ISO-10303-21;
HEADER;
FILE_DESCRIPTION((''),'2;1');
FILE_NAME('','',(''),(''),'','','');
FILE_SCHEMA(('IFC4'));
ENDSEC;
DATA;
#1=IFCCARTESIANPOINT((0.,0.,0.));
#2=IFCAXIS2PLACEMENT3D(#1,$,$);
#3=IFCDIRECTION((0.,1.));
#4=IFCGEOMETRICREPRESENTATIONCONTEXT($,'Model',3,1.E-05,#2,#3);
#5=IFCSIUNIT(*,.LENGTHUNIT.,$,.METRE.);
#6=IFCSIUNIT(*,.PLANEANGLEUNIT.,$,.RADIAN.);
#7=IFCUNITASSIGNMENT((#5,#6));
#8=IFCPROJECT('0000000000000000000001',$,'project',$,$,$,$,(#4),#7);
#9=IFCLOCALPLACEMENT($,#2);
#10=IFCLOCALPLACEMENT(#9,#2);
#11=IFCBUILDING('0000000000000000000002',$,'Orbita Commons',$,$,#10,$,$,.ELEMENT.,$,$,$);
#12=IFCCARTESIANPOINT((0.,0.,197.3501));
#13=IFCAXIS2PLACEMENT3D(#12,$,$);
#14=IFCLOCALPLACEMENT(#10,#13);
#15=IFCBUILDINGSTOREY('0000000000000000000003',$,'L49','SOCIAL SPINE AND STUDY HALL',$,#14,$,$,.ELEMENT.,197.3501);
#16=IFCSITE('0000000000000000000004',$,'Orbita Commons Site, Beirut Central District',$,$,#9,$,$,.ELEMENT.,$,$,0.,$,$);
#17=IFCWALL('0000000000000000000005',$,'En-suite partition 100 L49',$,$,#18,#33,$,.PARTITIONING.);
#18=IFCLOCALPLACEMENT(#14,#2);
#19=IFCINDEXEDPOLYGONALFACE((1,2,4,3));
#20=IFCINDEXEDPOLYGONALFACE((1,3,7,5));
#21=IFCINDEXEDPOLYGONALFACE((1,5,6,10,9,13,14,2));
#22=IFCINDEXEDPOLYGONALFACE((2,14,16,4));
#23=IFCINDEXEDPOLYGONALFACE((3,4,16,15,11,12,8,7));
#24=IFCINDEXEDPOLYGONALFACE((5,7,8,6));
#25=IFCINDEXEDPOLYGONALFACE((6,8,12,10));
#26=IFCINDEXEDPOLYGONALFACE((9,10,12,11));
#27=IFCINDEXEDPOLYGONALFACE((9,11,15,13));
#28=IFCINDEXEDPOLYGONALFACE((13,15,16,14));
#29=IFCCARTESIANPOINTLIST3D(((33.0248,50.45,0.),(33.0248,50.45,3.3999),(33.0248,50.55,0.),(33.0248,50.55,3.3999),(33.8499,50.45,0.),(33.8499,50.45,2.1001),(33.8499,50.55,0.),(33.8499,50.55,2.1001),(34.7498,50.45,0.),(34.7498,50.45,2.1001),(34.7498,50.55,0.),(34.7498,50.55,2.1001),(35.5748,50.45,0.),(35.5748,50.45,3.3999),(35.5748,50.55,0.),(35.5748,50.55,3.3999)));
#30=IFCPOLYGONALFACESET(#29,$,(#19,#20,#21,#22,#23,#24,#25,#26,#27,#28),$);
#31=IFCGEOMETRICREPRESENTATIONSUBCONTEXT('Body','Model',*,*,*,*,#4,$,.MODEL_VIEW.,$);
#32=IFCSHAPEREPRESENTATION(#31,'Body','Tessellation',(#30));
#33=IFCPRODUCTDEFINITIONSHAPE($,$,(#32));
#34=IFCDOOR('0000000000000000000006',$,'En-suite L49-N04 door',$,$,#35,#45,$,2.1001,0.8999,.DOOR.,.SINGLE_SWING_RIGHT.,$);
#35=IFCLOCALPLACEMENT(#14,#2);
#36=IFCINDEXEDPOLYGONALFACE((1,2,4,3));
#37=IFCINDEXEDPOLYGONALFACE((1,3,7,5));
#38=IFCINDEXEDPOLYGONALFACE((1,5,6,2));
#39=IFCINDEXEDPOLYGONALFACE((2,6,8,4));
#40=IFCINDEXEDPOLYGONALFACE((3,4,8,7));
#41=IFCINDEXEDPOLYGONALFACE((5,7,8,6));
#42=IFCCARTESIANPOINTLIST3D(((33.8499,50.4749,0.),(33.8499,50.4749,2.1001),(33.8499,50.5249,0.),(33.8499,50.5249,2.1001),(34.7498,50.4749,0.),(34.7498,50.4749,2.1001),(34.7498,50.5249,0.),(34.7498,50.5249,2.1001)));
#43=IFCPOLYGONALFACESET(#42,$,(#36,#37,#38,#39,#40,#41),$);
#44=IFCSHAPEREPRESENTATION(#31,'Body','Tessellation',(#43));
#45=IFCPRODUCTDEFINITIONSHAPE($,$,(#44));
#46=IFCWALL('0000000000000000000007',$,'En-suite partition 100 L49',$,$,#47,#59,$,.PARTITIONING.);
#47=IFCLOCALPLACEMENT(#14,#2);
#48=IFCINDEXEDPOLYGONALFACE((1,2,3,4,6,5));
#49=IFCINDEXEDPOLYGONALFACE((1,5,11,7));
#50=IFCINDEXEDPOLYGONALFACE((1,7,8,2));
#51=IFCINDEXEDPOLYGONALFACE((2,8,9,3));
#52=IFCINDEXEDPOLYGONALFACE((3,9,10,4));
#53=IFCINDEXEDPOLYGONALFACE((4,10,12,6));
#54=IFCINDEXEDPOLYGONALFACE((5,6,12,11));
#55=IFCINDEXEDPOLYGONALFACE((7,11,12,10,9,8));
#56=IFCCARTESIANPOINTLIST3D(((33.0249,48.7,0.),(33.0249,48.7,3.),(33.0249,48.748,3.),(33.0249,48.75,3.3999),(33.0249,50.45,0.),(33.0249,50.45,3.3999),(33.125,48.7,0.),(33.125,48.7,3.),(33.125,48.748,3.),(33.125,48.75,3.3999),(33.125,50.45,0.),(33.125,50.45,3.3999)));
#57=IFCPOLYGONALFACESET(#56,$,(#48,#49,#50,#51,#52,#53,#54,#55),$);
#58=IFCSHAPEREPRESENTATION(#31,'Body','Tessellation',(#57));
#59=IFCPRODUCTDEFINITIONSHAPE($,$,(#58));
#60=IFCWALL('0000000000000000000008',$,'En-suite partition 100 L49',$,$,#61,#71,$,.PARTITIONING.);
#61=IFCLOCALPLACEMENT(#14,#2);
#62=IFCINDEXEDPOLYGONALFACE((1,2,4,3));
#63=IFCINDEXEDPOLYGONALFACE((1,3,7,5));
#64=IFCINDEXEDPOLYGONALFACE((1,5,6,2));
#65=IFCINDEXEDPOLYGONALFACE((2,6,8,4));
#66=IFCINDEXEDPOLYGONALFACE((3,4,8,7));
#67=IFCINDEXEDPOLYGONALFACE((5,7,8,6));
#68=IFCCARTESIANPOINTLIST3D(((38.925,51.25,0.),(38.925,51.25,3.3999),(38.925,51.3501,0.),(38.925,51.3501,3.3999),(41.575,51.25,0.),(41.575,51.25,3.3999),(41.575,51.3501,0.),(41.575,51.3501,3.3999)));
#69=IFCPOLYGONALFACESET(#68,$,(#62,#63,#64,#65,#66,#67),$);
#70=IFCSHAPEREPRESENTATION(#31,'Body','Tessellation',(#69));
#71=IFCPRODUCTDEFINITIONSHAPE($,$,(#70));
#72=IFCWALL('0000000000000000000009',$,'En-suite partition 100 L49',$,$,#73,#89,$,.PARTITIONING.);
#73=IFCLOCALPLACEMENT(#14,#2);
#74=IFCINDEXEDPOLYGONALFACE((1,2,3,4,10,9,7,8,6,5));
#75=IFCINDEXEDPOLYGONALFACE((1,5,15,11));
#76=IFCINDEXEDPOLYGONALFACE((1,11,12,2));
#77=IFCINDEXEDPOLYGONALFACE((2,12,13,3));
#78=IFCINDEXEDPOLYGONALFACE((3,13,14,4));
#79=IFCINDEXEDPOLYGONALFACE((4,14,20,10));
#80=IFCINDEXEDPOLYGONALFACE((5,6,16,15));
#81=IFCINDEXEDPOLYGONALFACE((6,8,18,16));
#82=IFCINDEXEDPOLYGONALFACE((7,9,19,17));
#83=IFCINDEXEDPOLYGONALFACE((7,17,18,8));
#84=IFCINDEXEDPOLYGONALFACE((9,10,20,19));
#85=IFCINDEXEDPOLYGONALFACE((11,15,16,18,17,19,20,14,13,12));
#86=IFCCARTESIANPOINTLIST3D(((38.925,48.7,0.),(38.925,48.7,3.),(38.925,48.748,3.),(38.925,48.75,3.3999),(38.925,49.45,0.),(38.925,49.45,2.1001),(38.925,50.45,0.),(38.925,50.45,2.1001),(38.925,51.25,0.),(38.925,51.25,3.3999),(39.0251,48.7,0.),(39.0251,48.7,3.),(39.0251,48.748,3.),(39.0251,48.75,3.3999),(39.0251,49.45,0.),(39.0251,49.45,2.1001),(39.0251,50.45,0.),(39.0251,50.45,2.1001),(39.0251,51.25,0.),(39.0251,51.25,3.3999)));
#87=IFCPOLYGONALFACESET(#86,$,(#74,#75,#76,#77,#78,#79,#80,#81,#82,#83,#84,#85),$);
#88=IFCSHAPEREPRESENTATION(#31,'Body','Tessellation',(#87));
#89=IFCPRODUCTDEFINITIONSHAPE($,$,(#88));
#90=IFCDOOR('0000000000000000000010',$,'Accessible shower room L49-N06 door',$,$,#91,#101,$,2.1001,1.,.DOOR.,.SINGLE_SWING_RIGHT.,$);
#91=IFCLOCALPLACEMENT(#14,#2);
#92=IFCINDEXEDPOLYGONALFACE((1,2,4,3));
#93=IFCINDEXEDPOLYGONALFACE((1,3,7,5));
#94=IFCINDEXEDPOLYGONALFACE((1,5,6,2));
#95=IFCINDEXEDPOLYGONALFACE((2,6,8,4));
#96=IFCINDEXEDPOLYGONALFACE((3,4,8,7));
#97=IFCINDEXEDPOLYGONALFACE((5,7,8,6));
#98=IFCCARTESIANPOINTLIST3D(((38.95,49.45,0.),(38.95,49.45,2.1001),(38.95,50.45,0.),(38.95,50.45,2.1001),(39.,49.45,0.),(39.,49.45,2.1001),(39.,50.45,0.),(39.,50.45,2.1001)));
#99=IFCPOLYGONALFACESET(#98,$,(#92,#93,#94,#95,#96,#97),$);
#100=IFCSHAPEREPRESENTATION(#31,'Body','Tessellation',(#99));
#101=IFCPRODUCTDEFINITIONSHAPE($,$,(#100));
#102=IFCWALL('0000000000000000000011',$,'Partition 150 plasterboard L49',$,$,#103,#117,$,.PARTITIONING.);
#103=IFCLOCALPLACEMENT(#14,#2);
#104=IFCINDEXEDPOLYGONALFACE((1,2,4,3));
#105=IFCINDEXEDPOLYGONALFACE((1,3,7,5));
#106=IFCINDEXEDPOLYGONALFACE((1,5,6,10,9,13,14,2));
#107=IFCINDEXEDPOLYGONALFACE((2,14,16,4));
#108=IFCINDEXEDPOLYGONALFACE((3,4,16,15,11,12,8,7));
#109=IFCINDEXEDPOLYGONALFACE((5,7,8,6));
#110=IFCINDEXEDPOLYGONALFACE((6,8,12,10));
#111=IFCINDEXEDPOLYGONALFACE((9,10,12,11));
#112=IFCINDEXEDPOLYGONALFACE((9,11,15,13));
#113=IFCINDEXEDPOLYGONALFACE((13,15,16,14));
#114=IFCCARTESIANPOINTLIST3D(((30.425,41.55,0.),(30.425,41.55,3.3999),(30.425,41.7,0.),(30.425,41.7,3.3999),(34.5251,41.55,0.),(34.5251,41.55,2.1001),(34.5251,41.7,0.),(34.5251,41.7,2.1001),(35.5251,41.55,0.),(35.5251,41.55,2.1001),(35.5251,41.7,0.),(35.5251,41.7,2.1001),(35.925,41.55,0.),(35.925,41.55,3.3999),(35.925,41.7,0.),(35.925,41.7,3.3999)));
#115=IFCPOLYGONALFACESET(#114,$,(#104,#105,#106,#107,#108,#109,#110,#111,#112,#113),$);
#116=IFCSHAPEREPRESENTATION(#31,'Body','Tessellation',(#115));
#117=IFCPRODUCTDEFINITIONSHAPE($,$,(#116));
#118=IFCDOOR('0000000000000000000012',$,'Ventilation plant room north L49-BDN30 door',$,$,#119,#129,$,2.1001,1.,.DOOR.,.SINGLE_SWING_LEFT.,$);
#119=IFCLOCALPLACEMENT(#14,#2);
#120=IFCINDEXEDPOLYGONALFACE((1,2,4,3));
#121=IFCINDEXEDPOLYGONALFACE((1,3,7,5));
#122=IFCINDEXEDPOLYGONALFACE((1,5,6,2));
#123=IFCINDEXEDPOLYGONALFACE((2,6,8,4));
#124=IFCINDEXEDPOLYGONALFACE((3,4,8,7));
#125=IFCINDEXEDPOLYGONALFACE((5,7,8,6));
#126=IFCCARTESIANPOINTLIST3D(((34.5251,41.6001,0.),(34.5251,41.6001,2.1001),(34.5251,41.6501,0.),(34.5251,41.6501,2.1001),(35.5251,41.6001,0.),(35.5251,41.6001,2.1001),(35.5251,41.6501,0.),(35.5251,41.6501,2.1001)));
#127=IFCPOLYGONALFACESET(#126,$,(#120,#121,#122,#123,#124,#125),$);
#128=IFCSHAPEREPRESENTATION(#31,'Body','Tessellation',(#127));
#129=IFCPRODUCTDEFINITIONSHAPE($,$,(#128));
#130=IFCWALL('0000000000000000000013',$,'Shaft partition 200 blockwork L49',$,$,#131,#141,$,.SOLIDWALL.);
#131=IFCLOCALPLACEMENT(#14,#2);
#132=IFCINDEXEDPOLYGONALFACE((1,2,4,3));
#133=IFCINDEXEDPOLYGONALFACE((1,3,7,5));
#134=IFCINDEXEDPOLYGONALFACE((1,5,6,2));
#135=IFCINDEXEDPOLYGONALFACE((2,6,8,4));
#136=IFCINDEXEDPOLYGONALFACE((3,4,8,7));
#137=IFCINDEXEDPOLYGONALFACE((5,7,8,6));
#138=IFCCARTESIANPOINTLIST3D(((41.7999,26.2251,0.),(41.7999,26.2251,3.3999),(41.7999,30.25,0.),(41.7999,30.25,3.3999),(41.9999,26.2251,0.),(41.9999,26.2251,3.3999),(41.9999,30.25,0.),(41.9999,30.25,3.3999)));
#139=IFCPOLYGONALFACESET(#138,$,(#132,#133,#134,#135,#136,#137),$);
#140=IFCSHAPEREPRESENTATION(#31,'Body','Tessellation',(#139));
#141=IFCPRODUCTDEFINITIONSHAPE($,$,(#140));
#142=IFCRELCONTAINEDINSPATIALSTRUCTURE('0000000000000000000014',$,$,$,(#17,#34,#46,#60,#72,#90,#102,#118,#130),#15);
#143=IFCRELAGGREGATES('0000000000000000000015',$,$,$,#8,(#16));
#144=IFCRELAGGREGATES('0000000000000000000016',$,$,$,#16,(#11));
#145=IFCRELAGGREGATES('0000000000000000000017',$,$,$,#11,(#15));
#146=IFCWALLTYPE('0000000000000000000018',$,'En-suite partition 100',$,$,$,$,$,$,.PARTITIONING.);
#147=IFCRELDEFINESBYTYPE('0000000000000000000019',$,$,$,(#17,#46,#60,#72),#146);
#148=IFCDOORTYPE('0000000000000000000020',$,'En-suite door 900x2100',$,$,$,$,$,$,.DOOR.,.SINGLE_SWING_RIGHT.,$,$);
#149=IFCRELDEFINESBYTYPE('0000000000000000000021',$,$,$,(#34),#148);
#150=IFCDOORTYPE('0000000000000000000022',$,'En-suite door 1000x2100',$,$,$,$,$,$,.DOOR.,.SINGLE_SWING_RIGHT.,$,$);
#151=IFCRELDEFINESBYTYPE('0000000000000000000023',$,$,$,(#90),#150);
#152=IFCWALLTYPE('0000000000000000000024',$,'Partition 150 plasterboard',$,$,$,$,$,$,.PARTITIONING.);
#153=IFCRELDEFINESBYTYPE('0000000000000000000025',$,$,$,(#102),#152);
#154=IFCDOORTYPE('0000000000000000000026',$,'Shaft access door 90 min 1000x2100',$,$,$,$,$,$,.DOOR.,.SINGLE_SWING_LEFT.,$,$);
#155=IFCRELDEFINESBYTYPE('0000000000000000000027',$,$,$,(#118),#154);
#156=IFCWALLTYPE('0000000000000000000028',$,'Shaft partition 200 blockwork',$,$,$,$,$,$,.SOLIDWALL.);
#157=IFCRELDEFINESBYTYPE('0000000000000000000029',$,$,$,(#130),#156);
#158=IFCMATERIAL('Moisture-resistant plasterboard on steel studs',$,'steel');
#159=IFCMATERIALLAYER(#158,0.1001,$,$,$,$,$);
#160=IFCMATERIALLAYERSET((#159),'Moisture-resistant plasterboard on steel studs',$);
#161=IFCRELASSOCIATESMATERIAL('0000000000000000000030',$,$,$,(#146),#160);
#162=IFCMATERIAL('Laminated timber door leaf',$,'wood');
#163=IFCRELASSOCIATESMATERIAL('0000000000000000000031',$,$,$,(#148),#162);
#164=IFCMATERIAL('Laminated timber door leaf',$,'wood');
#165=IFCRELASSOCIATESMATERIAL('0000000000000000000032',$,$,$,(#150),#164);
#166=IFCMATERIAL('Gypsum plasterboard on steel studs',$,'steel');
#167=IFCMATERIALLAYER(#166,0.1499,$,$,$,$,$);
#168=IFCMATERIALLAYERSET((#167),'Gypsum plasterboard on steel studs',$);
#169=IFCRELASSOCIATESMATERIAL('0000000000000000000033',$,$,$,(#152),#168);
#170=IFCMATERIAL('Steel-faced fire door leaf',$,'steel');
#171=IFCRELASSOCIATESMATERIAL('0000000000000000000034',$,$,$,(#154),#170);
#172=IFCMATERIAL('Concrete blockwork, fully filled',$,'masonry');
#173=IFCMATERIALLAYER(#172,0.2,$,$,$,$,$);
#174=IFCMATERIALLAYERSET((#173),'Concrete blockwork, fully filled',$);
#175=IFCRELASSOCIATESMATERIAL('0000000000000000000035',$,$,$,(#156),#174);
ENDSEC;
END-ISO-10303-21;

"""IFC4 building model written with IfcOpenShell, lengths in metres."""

from ifc_helpers import new_model, si_unit, direction, frame, frame_2d, origin, place, context, subcontext, project, spatial, polyline, rectangle, outline, extrude, material, layer, layer_set, type_object, element, fill, save


model = new_model("IFC4")

# Units and contexts
model_context = context("Model", 3, precision=1e-05, world=origin(), true_north=direction((0.0, 1.0)))
body_context = subcontext(model_context, "Body", "Model", "MODEL_VIEW")
ifc_project = project(units=[si_unit("LENGTHUNIT", "METRE"), si_unit("PLANEANGLEUNIT", "RADIAN")], contexts=[model_context])

# Site, building, storey
site_placement = place(None, origin())
site = spatial("IfcSite", under=ifc_project, at=site_placement, Name="Orbita Commons Site, Beirut Central District", CompositionType="ELEMENT", RefElevation=0.0)
building_placement = place(site_placement, origin())
building = spatial("IfcBuilding", under=site, at=building_placement, Name="Orbita Commons", CompositionType="ELEMENT")
storey_placement = place(building_placement, frame((0.0, 0.0, 197.3501)))
storey = spatial("IfcBuildingStorey", under=building, at=storey_placement, Name="L49", Description="SOCIAL SPINE AND STUDY HALL", CompositionType="ELEMENT", Elevation=197.3501)

# Wall, opening, door
ifc_material_1 = material(Name="Moisture-resistant plasterboard on steel studs", Category="steel")
ifc_layer_1 = layer(ifc_material_1, 0.1001)
ifc_layer_set_1 = layer_set([ifc_layer_1], Name="Moisture-resistant plasterboard on steel studs")
wall_type_1 = type_object("IfcWallType", Name="En-suite partition 100", PredefinedType="PARTITIONING", material=ifc_layer_set_1)
wall_1_placement = place(storey_placement, frame((33.0249, 50.5, 0.0), z_axis=(0.0, 0.0, 1.0), x_axis=(1.0, 0.0, 0.0)))
wall_1 = element("IfcWall", 1, at=wall_1_placement, inside=storey, type_object=wall_type_1, Name="En-suite partition 100 L49", PredefinedType="PARTITIONING", context=body_context, shape_type="SweptSolid", body=[
    extrude(rectangle(XDim=2.55, YDim=0.1001, at=frame_2d((1.2749, 0.0))), origin(), (0.0, 0.0, 1.0), 3.3999),
])
opening_1_placement = place(wall_1_placement, frame((0.825, 0.0, 0.0)))
opening_1 = element("IfcOpeningElement", 2, at=opening_1_placement, cuts=wall_1, PredefinedType="OPENING", context=body_context, shape_type="SweptSolid", body=[
    extrude(rectangle(XDim=0.8999, YDim=2.1001, at=frame_2d((0.45, 1.05))), frame((0.0, 0.0601, 0.0), z_axis=(0.0, -1.0, 0.0), x_axis=(1.0, 0.0, 0.0)), (0.0, 0.0, 1.0), 0.1201),
])
ifc_material_2 = material(Name="Laminated timber door leaf", Category="wood")
door_type_1 = type_object("IfcDoorType", Name="En-suite door 900x2100", OperationType="SINGLE_SWING_RIGHT", PredefinedType="DOOR", material=ifc_material_2)
door_1_placement = place(opening_1_placement, origin())
door_1 = element("IfcDoor", 3, at=door_1_placement, inside=storey, type_object=door_type_1, Name="En-suite L49-N04 door", OperationType="SINGLE_SWING_RIGHT", OverallHeight=2.1001, OverallWidth=0.8999, PredefinedType="DOOR", context=body_context, shape_type="SweptSolid", body=[
    extrude(rectangle(XDim=0.8999, YDim=2.1001, at=frame_2d((0.45, 1.05))), frame((0.0, 0.0249, 0.0), z_axis=(0.0, -1.0, 0.0), x_axis=(1.0, 0.0, 0.0)), (0.0, 0.0, 1.0), 0.05),
])
fill(opening_1, door_1)

# Walls
wall_2_placement = place(storey_placement, frame((33.075, 50.45, 0.0), z_axis=(0.0, 0.0, 1.0), x_axis=(0.0, -1.0, 0.0)))
element("IfcWall", 4, at=wall_2_placement, inside=storey, type_object=wall_type_1, Name="En-suite partition 100 L49", PredefinedType="PARTITIONING", context=body_context, shape_type="SweptSolid", body=[
    extrude(outline(polyline([(0.0, 0.0), (1.75, 0.0), (1.75, 3.0), (1.7019, 3.0), (1.7, 3.3999), (0.0, 3.3999), (0.0, 0.0)])), frame((0.0, 0.05, 0.0), z_axis=(0.0, -1.0, 0.0), x_axis=(1.0, 0.0, 0.0)), (0.0, 0.0, 1.0), 0.1001),
])
wall_3_placement = place(storey_placement, frame((38.925, 51.3, 0.0), z_axis=(0.0, 0.0, 1.0), x_axis=(1.0, 0.0, 0.0)))
element("IfcWall", 5, at=wall_3_placement, inside=storey, type_object=wall_type_1, Name="En-suite partition 100 L49", PredefinedType="PARTITIONING", context=body_context, shape_type="SweptSolid", body=[
    extrude(rectangle(XDim=2.6499, YDim=0.1001, at=frame_2d((1.325, 0.0))), origin(), (0.0, 0.0, 1.0), 3.3999),
])

# Walls, openings, doors
wall_4_placement = place(storey_placement, frame((38.9751, 51.25, 0.0), z_axis=(0.0, 0.0, 1.0), x_axis=(0.0, -1.0, 0.0)))
wall_4 = element("IfcWall", 6, at=wall_4_placement, inside=storey, type_object=wall_type_1, Name="En-suite partition 100 L49", PredefinedType="PARTITIONING", context=body_context, shape_type="SweptSolid", body=[
    extrude(outline(polyline([(0.0, 0.0), (2.55, 0.0), (2.55, 3.0), (2.502, 3.0), (2.5, 3.3999), (0.0, 3.3999), (0.0, 0.0)])), frame((0.0, 0.05, 0.0), z_axis=(0.0, -1.0, 0.0), x_axis=(1.0, 0.0, 0.0)), (0.0, 0.0, 1.0), 0.1001),
])
opening_2_placement = place(wall_4_placement, frame((0.8, 0.0, 0.0)))
opening_2 = element("IfcOpeningElement", 7, at=opening_2_placement, cuts=wall_4, PredefinedType="OPENING", context=body_context, shape_type="SweptSolid", body=[
    extrude(rectangle(XDim=1.0, YDim=2.1001, at=frame_2d((0.5, 1.05))), frame((0.0, 0.0601, 0.0), z_axis=(0.0, -1.0, 0.0), x_axis=(1.0, 0.0, 0.0)), (0.0, 0.0, 1.0), 0.1201),
])
ifc_material_3 = material(Name="Laminated timber door leaf", Category="wood")
door_type_2 = type_object("IfcDoorType", Name="En-suite door 1000x2100", OperationType="SINGLE_SWING_RIGHT", PredefinedType="DOOR", material=ifc_material_3)
door_2_placement = place(opening_2_placement, origin())
door_2 = element("IfcDoor", 8, at=door_2_placement, inside=storey, type_object=door_type_2, Name="Accessible shower room L49-N06 door", OperationType="SINGLE_SWING_RIGHT", OverallHeight=2.1001, OverallWidth=1.0, PredefinedType="DOOR", context=body_context, shape_type="SweptSolid", body=[
    extrude(rectangle(XDim=1.0, YDim=2.1001, at=frame_2d((0.5, 1.05))), frame((0.0, 0.0249, 0.0), z_axis=(0.0, -1.0, 0.0), x_axis=(1.0, 0.0, 0.0)), (0.0, 0.0, 1.0), 0.05),
])
fill(opening_2, door_2)
ifc_material_4 = material(Name="Gypsum plasterboard on steel studs", Category="steel")
ifc_layer_2 = layer(ifc_material_4, 0.1499)
ifc_layer_set_2 = layer_set([ifc_layer_2], Name="Gypsum plasterboard on steel studs")
wall_type_2 = type_object("IfcWallType", Name="Partition 150 plasterboard", PredefinedType="PARTITIONING", material=ifc_layer_set_2)
wall_5_placement = place(storey_placement, frame((35.925, 41.625, 0.0), z_axis=(0.0, 0.0, 1.0), x_axis=(-1.0, 0.0, 0.0)))
wall_5 = element("IfcWall", 9, at=wall_5_placement, inside=storey, type_object=wall_type_2, Name="Partition 150 plasterboard L49", PredefinedType="PARTITIONING", context=body_context, shape_type="SweptSolid", body=[
    extrude(rectangle(XDim=5.5, YDim=0.1499, at=frame_2d((2.75, 0.0))), origin(), (0.0, 0.0, 1.0), 3.3999),
])
opening_3_placement = place(wall_5_placement, frame((0.3999, 0.0, 0.0)))
opening_3 = element("IfcOpeningElement", 10, at=opening_3_placement, cuts=wall_5, PredefinedType="OPENING", context=body_context, shape_type="SweptSolid", body=[
    extrude(rectangle(XDim=1.0, YDim=2.1001, at=frame_2d((0.5, 1.05))), frame((0.0, 0.085, 0.0), z_axis=(0.0, -1.0, 0.0), x_axis=(1.0, 0.0, 0.0)), (0.0, 0.0, 1.0), 0.1699),
])
ifc_material_5 = material(Name="Steel-faced fire door leaf", Category="steel")
door_type_3 = type_object("IfcDoorType", Name="Shaft access door 90 min 1000x2100", OperationType="SINGLE_SWING_LEFT", PredefinedType="DOOR", material=ifc_material_5)
door_3_placement = place(opening_3_placement, origin())
door_3 = element("IfcDoor", 11, at=door_3_placement, inside=storey, type_object=door_type_3, Name="Ventilation plant room north L49-BDN30 door", OperationType="SINGLE_SWING_LEFT", OverallHeight=2.1001, OverallWidth=1.0, PredefinedType="DOOR", context=body_context, shape_type="SweptSolid", body=[
    extrude(rectangle(XDim=1.0, YDim=2.1001, at=frame_2d((0.5, 1.05))), frame((0.0, 0.0249, 0.0), z_axis=(0.0, -1.0, 0.0), x_axis=(1.0, 0.0, 0.0)), (0.0, 0.0, 1.0), 0.05),
])
fill(opening_3, door_3)

# Wall
ifc_material_6 = material(Name="Concrete blockwork, fully filled", Category="masonry")
ifc_layer_3 = layer(ifc_material_6, 0.2)
ifc_layer_set_3 = layer_set([ifc_layer_3], Name="Concrete blockwork, fully filled")
wall_type_3 = type_object("IfcWallType", Name="Shaft partition 200 blockwork", PredefinedType="SOLIDWALL", material=ifc_layer_set_3)
wall_6_placement = place(storey_placement, frame((41.8999, 26.2251, 0.0), z_axis=(0.0, 0.0, 1.0), x_axis=(0.0, 1.0, 0.0)))
element("IfcWall", 12, at=wall_6_placement, inside=storey, type_object=wall_type_3, Name="Shaft partition 200 blockwork L49", PredefinedType="SOLIDWALL", context=body_context, shape_type="SweptSolid", body=[
    extrude(rectangle(XDim=4.0249, YDim=0.2, at=frame_2d((2.0125, 0.0))), origin(), (0.0, 0.0, 1.0), 3.3999),
])

save(model, "model.ifc")
